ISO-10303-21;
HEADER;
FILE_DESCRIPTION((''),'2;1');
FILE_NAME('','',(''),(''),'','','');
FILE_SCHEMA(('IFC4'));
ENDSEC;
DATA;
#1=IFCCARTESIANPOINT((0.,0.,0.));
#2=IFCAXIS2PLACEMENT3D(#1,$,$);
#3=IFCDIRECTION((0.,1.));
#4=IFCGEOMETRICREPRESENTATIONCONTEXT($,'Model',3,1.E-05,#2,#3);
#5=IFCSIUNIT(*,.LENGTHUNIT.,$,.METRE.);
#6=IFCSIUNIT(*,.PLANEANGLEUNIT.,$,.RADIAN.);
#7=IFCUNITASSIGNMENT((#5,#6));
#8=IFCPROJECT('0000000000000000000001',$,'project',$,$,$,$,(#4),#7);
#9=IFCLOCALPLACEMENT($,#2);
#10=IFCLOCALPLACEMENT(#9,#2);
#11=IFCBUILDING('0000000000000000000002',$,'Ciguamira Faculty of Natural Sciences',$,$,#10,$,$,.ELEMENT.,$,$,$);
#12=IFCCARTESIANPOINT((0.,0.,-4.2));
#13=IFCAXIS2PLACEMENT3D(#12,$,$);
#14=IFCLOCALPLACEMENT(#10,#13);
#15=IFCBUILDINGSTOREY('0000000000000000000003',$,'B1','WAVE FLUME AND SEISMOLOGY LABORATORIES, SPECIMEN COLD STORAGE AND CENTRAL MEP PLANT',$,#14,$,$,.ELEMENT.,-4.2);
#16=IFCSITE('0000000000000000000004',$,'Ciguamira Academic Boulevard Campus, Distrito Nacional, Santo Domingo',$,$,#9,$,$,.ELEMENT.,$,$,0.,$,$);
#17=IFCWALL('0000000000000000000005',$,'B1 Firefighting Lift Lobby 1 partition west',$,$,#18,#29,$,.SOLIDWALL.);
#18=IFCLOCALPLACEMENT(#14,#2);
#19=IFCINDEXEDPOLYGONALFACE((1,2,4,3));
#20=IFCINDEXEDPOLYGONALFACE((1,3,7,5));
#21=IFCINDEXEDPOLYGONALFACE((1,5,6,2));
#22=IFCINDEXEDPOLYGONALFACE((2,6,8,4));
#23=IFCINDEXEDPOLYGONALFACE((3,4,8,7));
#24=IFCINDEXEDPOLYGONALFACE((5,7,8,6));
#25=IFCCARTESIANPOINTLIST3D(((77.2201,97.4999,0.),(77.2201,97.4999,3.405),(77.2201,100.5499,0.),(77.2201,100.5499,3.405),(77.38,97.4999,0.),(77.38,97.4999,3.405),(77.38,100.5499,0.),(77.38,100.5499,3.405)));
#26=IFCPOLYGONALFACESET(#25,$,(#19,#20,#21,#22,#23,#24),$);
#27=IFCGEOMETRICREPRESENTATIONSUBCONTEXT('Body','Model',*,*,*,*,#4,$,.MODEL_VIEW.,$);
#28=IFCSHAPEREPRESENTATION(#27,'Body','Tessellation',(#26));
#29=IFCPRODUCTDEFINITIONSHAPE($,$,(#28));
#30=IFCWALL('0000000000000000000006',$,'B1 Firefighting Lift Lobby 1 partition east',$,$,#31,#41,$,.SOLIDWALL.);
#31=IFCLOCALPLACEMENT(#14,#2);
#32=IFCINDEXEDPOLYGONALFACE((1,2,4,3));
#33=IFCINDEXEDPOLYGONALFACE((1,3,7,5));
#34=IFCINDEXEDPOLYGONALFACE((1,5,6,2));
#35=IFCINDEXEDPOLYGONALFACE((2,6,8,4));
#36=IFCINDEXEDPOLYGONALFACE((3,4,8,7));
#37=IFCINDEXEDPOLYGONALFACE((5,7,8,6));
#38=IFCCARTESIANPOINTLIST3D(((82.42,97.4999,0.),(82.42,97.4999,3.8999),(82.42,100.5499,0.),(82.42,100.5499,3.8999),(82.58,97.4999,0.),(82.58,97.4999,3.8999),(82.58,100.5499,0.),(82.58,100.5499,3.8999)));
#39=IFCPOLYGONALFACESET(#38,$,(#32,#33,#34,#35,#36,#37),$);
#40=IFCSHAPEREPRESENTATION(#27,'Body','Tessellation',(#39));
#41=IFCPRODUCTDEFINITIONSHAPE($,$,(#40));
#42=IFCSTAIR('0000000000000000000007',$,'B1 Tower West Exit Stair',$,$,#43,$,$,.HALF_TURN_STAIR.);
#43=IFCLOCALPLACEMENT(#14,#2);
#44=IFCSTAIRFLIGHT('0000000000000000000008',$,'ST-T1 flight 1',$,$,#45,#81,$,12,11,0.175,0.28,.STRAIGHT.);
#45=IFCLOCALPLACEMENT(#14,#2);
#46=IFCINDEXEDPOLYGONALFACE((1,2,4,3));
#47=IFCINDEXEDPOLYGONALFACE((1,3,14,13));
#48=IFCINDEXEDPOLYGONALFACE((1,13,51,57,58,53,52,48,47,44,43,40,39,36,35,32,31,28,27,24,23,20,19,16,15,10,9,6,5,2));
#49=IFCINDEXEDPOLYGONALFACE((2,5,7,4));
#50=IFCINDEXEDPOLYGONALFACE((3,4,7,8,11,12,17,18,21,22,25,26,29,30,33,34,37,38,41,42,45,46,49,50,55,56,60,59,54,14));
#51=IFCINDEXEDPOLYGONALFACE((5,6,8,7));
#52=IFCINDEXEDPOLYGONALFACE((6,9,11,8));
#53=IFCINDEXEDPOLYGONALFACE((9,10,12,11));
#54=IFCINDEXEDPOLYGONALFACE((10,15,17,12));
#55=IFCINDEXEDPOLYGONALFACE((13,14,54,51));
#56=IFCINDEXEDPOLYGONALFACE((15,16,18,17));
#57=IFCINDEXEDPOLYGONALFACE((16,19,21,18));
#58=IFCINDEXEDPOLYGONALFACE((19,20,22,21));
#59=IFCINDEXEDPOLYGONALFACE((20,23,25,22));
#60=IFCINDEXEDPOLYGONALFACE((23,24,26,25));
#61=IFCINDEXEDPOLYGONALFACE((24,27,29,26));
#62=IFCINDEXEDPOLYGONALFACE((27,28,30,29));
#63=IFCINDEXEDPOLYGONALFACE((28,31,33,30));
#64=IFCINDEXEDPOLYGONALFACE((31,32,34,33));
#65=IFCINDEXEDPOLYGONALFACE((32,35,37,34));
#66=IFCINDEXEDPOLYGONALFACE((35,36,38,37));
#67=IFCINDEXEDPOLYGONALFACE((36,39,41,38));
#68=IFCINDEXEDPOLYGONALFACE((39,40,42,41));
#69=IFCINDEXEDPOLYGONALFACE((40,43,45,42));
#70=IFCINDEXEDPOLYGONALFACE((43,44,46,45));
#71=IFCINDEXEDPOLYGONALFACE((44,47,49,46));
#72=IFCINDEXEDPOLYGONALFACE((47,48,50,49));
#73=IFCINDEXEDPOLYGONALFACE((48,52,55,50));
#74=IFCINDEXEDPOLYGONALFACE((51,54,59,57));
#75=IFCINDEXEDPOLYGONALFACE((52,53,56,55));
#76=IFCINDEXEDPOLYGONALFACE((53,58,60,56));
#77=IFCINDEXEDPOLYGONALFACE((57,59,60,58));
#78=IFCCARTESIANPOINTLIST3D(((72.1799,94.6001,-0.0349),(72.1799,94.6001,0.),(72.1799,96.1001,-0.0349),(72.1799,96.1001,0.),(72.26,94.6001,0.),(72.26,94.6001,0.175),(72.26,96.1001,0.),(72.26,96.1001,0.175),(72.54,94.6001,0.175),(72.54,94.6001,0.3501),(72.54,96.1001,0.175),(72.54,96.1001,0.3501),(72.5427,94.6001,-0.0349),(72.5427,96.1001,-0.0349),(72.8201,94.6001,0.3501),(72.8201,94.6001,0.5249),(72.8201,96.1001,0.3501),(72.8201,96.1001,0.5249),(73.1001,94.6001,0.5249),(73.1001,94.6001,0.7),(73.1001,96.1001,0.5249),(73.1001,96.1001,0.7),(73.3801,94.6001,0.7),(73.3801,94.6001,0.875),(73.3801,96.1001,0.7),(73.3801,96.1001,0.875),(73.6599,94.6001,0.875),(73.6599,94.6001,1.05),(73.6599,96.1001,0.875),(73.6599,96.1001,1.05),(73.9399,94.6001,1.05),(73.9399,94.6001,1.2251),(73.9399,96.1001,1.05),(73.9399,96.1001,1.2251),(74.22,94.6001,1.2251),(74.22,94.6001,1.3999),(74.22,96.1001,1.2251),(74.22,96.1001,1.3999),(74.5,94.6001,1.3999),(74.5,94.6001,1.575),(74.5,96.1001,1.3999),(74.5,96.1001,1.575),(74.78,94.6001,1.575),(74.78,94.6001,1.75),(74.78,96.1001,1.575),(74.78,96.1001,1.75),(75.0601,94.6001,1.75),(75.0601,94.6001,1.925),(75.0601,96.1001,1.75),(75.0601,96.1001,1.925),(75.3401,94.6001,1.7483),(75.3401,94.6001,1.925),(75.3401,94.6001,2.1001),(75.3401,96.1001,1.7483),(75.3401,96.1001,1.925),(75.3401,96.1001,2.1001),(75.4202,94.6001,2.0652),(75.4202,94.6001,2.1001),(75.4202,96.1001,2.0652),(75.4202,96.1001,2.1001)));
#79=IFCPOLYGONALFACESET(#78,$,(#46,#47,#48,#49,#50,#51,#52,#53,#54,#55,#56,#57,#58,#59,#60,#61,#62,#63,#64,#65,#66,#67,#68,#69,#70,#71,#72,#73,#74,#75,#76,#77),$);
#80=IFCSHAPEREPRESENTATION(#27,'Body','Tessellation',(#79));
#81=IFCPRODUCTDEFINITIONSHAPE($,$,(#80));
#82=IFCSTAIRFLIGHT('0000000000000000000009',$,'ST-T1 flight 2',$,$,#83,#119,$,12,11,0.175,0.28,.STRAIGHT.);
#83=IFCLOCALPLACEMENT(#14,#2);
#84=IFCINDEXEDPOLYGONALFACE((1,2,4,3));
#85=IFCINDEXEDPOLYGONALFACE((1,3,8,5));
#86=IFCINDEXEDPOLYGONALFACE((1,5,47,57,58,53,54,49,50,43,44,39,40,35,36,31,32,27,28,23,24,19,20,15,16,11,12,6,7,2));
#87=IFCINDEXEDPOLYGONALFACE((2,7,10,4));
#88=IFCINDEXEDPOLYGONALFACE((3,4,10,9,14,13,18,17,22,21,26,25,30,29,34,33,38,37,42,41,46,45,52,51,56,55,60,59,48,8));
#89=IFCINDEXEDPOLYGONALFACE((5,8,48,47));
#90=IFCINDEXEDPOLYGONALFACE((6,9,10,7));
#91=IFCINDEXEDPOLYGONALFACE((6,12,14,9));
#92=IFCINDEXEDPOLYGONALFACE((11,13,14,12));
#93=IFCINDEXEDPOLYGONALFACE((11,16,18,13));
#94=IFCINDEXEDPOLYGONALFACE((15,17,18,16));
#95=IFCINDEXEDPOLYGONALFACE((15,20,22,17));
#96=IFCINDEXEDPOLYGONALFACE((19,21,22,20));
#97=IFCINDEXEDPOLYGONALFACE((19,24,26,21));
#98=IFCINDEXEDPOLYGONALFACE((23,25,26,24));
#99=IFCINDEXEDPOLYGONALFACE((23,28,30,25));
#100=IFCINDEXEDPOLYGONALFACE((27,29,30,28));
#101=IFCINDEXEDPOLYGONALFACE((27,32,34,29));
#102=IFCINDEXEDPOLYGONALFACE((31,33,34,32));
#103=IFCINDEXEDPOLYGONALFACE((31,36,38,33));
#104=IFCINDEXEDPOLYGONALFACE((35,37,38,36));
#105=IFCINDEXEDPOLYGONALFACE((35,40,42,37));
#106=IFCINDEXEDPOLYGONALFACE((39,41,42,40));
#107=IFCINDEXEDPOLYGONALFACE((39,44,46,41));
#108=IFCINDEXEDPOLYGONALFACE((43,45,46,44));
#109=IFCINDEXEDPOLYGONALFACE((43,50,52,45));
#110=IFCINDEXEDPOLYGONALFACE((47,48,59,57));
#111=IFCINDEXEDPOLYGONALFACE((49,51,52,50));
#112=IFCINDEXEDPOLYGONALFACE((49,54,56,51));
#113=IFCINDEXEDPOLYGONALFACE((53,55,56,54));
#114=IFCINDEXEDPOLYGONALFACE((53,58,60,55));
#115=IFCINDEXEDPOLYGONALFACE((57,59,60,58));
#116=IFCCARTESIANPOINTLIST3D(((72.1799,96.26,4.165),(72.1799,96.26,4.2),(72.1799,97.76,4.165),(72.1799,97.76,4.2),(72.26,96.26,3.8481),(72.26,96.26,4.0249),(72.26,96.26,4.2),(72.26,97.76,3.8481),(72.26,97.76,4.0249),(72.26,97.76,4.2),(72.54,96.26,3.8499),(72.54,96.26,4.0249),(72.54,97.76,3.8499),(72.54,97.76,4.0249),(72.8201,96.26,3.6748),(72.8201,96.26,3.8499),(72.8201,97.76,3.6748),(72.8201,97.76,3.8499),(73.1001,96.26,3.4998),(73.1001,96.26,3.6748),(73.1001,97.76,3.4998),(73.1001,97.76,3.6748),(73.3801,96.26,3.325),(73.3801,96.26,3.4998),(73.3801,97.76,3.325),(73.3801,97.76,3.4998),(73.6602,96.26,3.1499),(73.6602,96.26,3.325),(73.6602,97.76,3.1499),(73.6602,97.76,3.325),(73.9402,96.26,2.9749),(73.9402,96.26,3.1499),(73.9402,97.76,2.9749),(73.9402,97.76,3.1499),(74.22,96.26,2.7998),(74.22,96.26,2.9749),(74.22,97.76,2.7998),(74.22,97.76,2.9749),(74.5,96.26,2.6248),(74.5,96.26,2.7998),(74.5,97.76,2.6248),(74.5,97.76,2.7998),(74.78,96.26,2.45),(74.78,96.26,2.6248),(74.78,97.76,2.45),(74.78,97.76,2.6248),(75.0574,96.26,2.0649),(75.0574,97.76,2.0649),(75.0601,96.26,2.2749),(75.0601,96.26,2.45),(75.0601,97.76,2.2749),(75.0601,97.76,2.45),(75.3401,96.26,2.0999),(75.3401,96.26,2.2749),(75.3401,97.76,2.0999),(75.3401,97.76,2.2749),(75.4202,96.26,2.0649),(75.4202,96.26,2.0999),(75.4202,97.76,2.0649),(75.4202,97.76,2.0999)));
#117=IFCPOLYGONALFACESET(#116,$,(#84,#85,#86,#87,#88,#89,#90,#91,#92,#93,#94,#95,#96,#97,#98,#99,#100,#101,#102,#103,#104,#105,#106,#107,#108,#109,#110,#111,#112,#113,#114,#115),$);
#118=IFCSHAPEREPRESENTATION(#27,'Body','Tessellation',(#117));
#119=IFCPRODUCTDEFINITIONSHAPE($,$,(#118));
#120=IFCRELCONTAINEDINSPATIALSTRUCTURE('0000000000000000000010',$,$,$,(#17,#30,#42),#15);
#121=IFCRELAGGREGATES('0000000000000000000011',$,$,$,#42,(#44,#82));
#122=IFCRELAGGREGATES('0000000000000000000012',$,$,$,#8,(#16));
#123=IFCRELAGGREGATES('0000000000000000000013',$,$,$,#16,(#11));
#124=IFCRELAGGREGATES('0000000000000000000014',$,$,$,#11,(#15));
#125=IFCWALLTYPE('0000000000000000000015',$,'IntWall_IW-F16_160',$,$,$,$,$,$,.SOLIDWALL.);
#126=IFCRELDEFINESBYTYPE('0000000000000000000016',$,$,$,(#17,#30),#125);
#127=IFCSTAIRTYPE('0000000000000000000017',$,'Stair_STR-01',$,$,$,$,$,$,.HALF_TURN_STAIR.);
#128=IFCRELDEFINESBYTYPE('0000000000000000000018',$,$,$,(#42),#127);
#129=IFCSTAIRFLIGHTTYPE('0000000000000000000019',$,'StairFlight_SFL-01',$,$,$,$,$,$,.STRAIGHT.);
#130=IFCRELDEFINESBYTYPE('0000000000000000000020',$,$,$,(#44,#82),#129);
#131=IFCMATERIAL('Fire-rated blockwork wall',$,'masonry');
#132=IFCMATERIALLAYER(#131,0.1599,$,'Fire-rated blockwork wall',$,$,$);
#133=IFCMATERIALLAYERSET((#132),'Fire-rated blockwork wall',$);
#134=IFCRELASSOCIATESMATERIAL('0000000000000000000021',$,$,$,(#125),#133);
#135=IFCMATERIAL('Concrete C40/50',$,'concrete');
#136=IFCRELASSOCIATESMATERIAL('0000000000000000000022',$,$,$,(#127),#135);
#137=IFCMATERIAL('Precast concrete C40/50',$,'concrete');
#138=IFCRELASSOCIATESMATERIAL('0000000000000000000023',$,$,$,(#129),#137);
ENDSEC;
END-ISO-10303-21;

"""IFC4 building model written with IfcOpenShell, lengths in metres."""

from ifc_helpers import new_model, si_unit, direction, frame, frame_2d, origin, place, context, subcontext, project, spatial, polyline, rectangle, outline, extrude, material, layer, layer_set, type_object, element, aggregate, save


model = new_model("IFC4")

# Units and contexts
model_context = context("Model", 3, precision=1e-05, world=origin(), true_north=direction((0.0, 1.0)))
body_context = subcontext(model_context, "Body", "Model", "MODEL_VIEW")
ifc_project = project(units=[si_unit("LENGTHUNIT", "METRE"), si_unit("PLANEANGLEUNIT", "RADIAN")], contexts=[model_context])

# Site, building, storey
site_placement = place(None, origin())
site = spatial("IfcSite", under=ifc_project, at=site_placement, Name="Ciguamira Academic Boulevard Campus, Distrito Nacional, Santo Domingo", CompositionType="ELEMENT", RefElevation=0.0)
building_placement = place(site_placement, origin())
building = spatial("IfcBuilding", under=site, at=building_placement, Name="Ciguamira Faculty of Natural Sciences", CompositionType="ELEMENT")
storey_placement = place(building_placement, frame((0.0, 0.0, -4.2)))
storey = spatial("IfcBuildingStorey", under=building, at=storey_placement, Name="B1", Description="WAVE FLUME AND SEISMOLOGY LABORATORIES, SPECIMEN COLD STORAGE AND CENTRAL MEP PLANT", CompositionType="ELEMENT", Elevation=-4.2)

# Shared definitions
ifc_material_1 = material(Name="Concrete C40/50", Category="concrete")

# Walls
ifc_material_2 = material(Name="Fire-rated blockwork wall", Category="masonry")
ifc_layer_1 = layer(ifc_material_2, 0.1599, Name="Fire-rated blockwork wall")
ifc_layer_set_1 = layer_set([ifc_layer_1], Name="Fire-rated blockwork wall")
wall_type_1 = type_object("IfcWallType", Name="IntWall_IW-F16_160", PredefinedType="SOLIDWALL", material=ifc_layer_set_1)
wall_1_placement = place(storey_placement, frame((77.3, 97.5, 0.0), z_axis=(0.0, 0.0, 1.0), x_axis=(0.0, 1.0, 0.0)))
element("IfcWall", 1, at=wall_1_placement, inside=storey, type_object=wall_type_1, Name="B1 Firefighting Lift Lobby 1 partition west", PredefinedType="SOLIDWALL", context=body_context, shape_type="SweptSolid", body=[
    extrude(rectangle(XDim=3.05, YDim=0.1599, at=frame_2d((1.5249, 0.0))), origin(), (0.0, 0.0, 1.0), 3.405),
])
wall_2_placement = place(storey_placement, frame((82.5, 97.5, 0.0), z_axis=(0.0, 0.0, 1.0), x_axis=(0.0, 1.0, 0.0)))
element("IfcWall", 2, at=wall_2_placement, inside=storey, type_object=wall_type_1, Name="B1 Firefighting Lift Lobby 1 partition east", PredefinedType="SOLIDWALL", context=body_context, shape_type="SweptSolid", body=[
    extrude(rectangle(XDim=3.05, YDim=0.1599, at=frame_2d((1.5249, 0.0))), origin(), (0.0, 0.0, 1.0), 3.8999),
])

# Stair, stair flights
stair_type = type_object("IfcStairType", Name="Stair_STR-01", PredefinedType="HALF_TURN_STAIR", material=ifc_material_1)
stair_placement = place(storey_placement, origin())
stair = element("IfcStair", 3, at=stair_placement, inside=storey, type_object=stair_type, Name="B1 Tower West Exit Stair", PredefinedType="HALF_TURN_STAIR")
ifc_material_3 = material(Name="Precast concrete C40/50", Category="concrete")
stair_flight_type = type_object("IfcStairFlightType", Name="StairFlight_SFL-01", PredefinedType="STRAIGHT", material=ifc_material_3)
stair_flight_1_placement = place(storey_placement, frame((72.26, 95.3501, 0.0), z_axis=(0.0, 0.0, 1.0), x_axis=(1.0, 0.0, 0.0)))
stair_flight_1 = element("IfcStairFlight", 4, at=stair_flight_1_placement, type_object=stair_flight_type, Name="ST-T1 flight 1", NumberOfRisers=12, NumberOfTreads=11, PredefinedType="STRAIGHT", RiserHeight=0.175, TreadLength=0.28, context=body_context, shape_type="SweptSolid", body=[
    extrude(outline(polyline([(-0.0801, -0.0349), (-0.0801, 0.0), (0.0, 0.0), (0.0, 0.175), (0.28, 0.175), (0.28, 0.3501), (0.5601, 0.3501), (0.5601, 0.5249), (0.8401, 0.5249), (0.8401, 0.7), (1.1201, 0.7), (1.1201, 0.875), (1.3999, 0.875), (1.3999, 1.05), (1.6799, 1.05), (1.6799, 1.2251), (1.96, 1.2251), (1.96, 1.3999), (2.24, 1.3999), (2.24, 1.575), (2.52, 1.575), (2.52, 1.75), (2.8, 1.75), (2.8, 1.925), (3.0801, 1.925), (3.0801, 2.1001), (3.1602, 2.1001), (3.1602, 2.0652), (3.0801, 1.7483), (0.2827, -0.0349), (-0.0801, -0.0349)])), frame((0.0, 0.75, 0.0), z_axis=(0.0, -1.0, 0.0), x_axis=(1.0, 0.0, 0.0)), (0.0, 0.0, 1.0), 1.5),
])
stair_flight_2_placement = place(storey_placement, frame((75.3401, 97.01, 2.0999), z_axis=(0.0, 0.0, 1.0), x_axis=(-1.0, 0.0, 0.0)))
stair_flight_2 = element("IfcStairFlight", 5, at=stair_flight_2_placement, type_object=stair_flight_type, Name="ST-T1 flight 2", NumberOfRisers=12, NumberOfTreads=11, PredefinedType="STRAIGHT", RiserHeight=0.175, TreadLength=0.28, context=body_context, shape_type="SweptSolid", body=[
    extrude(outline(polyline([(-0.0801, -0.0349), (-0.0801, 0.0), (0.0, 0.0), (0.0, 0.175), (0.28, 0.175), (0.28, 0.3501), (0.5601, 0.3501), (0.5601, 0.5249), (0.8401, 0.5249), (0.8401, 0.7), (1.1201, 0.7), (1.1201, 0.875), (1.3999, 0.875), (1.3999, 1.05), (1.6799, 1.05), (1.6799, 1.2251), (1.96, 1.2251), (1.96, 1.3999), (2.24, 1.3999), (2.24, 1.575), (2.52, 1.575), (2.52, 1.75), (2.8, 1.75), (2.8, 1.925), (3.0801, 1.925), (3.0801, 2.1001), (3.1602, 2.1001), (3.1602, 2.0652), (3.0801, 1.7483), (0.2827, -0.0349), (-0.0801, -0.0349)])), frame((0.0, 0.75, 0.0), z_axis=(0.0, -1.0, 0.0), x_axis=(1.0, 0.0, 0.0)), (0.0, 0.0, 1.0), 1.5),
])
aggregate(stair, [stair_flight_1, stair_flight_2])

save(model, "model.ifc")
